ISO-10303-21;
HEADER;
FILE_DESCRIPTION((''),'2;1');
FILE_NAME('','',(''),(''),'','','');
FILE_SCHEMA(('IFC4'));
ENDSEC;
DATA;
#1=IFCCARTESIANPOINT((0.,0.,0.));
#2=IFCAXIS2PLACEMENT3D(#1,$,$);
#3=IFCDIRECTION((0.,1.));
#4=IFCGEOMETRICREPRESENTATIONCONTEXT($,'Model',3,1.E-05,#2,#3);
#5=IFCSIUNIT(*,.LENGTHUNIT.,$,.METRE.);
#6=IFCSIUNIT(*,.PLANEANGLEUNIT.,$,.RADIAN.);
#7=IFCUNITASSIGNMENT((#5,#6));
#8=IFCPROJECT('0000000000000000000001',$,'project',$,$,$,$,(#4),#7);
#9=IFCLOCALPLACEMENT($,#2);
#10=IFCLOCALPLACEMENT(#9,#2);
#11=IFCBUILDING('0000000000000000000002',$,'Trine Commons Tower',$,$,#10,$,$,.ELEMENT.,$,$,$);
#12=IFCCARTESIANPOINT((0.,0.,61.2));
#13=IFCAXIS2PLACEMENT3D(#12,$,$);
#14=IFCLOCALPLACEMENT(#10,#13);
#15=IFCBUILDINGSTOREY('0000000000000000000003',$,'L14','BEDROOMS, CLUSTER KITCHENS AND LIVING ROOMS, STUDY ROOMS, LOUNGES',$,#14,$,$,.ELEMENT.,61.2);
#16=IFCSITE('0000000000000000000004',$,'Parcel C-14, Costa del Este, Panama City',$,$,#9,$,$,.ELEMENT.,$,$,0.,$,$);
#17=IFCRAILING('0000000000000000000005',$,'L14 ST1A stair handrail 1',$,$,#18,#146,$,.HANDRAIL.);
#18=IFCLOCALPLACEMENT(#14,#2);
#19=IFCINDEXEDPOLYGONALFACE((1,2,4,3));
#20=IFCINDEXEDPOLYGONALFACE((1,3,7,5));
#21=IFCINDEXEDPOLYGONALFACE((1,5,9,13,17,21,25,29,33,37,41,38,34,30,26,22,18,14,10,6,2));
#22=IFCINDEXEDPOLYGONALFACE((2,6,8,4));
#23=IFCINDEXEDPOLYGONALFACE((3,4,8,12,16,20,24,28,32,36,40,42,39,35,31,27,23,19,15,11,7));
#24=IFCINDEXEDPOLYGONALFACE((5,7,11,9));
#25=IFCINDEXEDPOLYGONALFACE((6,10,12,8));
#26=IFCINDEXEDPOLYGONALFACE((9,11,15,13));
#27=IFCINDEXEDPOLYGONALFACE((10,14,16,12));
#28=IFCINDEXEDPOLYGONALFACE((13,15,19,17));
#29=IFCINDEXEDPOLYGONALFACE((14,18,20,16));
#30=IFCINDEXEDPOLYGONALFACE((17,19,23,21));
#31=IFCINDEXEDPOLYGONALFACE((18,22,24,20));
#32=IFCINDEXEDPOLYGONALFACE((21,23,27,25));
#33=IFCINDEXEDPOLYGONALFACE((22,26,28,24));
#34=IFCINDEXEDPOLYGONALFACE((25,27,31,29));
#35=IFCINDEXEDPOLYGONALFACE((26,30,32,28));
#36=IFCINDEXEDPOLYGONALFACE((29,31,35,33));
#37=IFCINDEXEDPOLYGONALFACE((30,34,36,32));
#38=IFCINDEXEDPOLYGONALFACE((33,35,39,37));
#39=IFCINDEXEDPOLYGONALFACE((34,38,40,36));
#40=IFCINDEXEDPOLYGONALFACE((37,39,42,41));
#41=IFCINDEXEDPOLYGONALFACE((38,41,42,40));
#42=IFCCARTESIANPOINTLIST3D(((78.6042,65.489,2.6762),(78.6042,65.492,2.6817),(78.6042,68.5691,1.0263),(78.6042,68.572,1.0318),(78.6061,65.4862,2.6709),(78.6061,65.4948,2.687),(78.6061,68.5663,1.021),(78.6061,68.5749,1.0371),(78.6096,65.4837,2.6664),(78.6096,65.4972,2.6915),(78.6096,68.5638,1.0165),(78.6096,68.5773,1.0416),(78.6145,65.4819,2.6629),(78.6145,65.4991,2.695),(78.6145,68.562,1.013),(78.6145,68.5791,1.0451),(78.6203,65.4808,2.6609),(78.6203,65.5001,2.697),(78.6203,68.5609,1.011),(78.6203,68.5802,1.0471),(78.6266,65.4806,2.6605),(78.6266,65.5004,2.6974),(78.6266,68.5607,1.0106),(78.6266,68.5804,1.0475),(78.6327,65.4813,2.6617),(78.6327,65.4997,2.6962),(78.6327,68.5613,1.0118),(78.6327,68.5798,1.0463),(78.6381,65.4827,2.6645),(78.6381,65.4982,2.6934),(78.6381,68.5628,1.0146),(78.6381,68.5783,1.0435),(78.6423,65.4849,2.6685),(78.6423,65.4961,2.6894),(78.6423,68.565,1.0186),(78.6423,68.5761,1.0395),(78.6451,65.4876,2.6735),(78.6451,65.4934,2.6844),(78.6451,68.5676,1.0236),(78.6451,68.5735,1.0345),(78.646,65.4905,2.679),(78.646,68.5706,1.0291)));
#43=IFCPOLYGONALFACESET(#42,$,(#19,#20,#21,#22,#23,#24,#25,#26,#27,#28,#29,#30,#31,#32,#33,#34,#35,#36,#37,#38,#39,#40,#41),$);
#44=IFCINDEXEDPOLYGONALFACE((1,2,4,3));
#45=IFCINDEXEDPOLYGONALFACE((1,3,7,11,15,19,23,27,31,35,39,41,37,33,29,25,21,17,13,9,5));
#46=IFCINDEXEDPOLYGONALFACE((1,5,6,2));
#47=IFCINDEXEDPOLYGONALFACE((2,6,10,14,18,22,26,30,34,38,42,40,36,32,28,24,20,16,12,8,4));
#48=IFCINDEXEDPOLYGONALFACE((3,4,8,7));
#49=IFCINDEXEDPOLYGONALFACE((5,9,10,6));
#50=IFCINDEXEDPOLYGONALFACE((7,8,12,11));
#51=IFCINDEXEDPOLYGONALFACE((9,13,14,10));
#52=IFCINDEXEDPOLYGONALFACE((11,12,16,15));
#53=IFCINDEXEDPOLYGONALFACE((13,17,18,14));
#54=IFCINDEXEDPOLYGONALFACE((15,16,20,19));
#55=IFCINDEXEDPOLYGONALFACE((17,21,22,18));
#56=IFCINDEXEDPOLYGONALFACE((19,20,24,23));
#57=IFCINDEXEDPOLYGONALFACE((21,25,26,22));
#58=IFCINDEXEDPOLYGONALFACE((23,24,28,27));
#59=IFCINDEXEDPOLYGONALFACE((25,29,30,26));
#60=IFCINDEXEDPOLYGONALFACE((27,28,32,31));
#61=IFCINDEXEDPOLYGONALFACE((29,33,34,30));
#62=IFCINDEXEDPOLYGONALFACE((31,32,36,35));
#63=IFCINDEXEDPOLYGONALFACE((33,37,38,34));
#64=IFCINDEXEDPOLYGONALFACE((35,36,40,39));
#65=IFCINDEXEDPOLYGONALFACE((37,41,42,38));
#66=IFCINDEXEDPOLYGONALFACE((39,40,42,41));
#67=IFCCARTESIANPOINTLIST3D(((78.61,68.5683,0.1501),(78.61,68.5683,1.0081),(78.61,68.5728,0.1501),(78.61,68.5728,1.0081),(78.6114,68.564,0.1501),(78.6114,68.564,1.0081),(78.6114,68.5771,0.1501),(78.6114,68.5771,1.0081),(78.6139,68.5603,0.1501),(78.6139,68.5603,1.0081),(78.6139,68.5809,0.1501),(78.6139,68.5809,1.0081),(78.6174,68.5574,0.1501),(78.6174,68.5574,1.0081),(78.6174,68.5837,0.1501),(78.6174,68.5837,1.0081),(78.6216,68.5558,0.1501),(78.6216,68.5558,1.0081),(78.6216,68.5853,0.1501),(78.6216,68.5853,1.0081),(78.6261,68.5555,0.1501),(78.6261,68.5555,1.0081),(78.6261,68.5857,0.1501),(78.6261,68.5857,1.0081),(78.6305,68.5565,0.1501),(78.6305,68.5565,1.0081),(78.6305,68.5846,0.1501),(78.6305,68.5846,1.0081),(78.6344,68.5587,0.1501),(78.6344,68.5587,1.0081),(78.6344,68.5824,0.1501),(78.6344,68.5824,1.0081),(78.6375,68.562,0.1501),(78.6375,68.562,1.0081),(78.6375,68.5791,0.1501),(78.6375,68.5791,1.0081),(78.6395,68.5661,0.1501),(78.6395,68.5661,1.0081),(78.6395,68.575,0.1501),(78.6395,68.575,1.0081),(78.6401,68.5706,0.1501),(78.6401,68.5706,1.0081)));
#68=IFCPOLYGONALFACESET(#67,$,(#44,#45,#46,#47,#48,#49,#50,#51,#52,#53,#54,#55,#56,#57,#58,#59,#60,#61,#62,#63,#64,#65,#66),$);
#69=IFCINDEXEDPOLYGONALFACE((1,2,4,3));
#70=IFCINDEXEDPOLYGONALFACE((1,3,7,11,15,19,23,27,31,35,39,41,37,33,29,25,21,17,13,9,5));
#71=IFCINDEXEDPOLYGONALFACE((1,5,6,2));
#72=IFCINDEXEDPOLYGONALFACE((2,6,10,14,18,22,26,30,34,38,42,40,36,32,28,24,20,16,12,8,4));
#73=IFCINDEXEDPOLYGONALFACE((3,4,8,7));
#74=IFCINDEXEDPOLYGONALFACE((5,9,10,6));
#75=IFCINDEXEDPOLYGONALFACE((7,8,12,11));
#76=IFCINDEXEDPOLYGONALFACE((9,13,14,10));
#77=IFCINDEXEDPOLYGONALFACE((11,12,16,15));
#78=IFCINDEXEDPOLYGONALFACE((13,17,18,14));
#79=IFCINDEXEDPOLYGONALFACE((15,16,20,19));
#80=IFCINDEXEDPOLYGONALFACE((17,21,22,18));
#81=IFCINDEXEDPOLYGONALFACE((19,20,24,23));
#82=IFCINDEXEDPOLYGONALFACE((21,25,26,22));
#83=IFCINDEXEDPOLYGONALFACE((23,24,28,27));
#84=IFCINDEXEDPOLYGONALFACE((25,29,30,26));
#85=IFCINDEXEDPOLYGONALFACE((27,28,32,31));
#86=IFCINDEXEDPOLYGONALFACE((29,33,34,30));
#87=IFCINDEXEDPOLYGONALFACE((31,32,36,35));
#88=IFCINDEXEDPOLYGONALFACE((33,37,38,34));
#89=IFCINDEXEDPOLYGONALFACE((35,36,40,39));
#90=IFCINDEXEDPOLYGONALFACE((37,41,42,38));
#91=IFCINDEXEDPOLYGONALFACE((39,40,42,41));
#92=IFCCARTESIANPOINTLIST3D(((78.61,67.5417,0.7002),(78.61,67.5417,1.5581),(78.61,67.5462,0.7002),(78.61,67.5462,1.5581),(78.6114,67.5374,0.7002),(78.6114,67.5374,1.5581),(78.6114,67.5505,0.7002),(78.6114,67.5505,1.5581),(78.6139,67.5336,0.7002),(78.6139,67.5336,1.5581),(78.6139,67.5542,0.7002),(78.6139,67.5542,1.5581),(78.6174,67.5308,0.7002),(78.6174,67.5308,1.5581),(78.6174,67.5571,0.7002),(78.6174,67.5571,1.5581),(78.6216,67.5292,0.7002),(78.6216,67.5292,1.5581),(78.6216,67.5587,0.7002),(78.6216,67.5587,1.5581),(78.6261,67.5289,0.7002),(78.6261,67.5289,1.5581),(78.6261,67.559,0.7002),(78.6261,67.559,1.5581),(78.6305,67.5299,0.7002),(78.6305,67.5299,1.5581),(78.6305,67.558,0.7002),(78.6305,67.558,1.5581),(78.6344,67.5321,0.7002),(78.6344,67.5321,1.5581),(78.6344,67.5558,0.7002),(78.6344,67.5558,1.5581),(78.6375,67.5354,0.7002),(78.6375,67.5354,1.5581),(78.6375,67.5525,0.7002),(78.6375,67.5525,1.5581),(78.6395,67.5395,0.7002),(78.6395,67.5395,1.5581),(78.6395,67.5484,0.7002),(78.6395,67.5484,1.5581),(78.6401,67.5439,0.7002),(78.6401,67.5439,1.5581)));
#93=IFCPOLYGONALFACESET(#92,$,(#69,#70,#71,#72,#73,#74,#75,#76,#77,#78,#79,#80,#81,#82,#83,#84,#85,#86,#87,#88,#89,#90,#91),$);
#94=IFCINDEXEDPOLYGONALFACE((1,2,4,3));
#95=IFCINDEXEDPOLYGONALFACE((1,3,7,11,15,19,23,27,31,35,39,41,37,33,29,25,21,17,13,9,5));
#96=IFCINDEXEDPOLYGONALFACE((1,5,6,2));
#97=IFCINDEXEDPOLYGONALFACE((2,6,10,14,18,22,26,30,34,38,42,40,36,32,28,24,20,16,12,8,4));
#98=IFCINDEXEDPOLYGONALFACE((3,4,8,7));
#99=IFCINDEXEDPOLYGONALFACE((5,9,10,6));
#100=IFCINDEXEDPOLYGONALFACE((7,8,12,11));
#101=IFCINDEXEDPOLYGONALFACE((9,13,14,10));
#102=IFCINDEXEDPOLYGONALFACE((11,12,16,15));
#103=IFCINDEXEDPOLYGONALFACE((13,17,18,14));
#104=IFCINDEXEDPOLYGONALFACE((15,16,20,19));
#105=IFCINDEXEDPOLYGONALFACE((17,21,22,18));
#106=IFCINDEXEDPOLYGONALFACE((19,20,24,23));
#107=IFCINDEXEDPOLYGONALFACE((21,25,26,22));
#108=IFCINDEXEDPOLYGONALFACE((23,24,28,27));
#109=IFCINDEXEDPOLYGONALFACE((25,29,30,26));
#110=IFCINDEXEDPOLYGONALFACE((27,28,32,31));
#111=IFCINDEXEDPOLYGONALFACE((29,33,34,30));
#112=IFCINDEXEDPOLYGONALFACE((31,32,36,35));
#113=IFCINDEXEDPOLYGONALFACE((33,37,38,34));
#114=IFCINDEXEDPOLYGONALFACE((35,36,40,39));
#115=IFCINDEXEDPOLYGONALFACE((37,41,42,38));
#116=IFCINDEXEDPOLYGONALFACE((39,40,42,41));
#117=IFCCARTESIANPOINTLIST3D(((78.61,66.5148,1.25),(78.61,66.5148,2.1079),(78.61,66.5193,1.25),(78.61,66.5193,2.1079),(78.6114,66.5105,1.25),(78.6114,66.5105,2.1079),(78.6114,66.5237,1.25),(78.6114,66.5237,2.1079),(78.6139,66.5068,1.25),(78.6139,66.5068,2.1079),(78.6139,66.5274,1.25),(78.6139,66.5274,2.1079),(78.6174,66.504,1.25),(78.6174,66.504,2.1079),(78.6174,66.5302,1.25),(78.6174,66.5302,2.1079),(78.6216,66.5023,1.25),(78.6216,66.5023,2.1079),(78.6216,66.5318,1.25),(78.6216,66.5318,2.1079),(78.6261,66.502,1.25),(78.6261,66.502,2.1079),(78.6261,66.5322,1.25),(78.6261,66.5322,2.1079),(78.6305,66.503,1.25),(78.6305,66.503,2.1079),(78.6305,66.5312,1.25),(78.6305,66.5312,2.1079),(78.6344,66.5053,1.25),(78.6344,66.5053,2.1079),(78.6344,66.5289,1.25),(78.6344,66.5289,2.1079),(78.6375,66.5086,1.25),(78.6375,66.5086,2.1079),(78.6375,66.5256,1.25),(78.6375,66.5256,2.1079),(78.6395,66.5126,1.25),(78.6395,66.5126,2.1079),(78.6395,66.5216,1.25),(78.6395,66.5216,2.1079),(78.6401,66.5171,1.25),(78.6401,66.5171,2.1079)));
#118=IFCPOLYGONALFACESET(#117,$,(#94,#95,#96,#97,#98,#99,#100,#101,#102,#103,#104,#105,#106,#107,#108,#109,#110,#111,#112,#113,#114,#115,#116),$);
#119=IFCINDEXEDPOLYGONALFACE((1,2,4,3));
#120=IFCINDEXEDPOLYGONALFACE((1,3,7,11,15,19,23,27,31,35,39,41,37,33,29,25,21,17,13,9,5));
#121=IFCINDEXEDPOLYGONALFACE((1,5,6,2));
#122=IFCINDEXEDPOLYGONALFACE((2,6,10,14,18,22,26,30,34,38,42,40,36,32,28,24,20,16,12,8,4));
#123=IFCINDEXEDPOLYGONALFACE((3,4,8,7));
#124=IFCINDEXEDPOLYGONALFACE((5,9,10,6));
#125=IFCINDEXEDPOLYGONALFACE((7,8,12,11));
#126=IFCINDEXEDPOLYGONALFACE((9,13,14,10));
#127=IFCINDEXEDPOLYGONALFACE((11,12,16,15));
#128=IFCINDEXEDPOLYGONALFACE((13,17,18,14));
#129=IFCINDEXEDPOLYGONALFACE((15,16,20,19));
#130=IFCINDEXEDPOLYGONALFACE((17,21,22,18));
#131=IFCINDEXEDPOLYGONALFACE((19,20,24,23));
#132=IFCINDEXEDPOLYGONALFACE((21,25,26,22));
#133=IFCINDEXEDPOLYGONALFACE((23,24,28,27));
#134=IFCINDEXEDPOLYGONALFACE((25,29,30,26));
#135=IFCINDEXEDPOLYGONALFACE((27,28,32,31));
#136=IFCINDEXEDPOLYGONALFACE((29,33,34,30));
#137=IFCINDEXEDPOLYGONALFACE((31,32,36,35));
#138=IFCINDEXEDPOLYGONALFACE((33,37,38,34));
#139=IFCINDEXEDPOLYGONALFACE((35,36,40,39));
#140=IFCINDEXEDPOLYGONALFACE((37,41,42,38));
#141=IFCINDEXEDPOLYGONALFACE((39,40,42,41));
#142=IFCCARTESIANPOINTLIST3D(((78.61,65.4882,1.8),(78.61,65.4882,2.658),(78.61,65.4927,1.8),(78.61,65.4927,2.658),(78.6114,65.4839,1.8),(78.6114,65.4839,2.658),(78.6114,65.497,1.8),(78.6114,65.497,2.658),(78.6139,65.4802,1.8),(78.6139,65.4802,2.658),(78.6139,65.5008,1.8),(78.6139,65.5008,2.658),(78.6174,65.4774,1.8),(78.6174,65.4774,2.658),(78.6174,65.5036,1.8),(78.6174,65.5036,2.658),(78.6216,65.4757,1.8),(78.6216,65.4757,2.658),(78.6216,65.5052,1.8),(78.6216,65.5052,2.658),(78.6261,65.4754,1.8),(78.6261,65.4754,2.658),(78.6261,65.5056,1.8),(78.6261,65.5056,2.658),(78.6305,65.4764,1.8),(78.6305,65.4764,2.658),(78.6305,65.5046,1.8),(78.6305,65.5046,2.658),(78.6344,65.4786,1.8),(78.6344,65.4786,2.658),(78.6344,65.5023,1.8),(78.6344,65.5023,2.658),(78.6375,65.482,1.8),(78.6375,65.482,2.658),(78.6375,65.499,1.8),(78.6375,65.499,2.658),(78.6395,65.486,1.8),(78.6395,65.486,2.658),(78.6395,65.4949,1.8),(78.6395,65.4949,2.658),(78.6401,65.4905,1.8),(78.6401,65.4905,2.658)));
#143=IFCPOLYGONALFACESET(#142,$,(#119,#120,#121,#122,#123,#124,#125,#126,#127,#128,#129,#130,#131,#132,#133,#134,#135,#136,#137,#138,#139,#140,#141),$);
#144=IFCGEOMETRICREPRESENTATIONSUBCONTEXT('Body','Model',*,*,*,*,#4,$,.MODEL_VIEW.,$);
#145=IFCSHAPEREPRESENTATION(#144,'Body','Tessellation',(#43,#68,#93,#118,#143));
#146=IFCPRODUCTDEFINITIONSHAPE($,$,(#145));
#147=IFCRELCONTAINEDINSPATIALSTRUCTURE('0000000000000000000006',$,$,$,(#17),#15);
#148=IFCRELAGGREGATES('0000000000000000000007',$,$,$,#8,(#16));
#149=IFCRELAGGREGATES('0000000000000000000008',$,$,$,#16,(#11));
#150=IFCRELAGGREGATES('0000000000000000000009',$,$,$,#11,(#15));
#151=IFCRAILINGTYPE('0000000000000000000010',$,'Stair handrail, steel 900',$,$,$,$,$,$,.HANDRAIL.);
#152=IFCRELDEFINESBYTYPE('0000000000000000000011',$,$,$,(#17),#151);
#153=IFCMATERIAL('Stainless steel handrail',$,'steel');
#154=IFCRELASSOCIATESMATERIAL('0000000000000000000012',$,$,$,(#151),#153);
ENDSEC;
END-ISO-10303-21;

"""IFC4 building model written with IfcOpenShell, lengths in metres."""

from ifc_helpers import new_model, si_unit, direction, frame, origin, origin_2d, place, context, subcontext, project, spatial, circle, extrude, material, type_object, element, save


model = new_model("IFC4")

# Units and contexts
model_context = context("Model", 3, precision=1e-05, world=origin(), true_north=direction((0.0, 1.0)))
body_context = subcontext(model_context, "Body", "Model", "MODEL_VIEW")
ifc_project = project(units=[si_unit("LENGTHUNIT", "METRE"), si_unit("PLANEANGLEUNIT", "RADIAN")], contexts=[model_context])

# Site, building, storey
site_placement = place(None, origin())
site = spatial("IfcSite", under=ifc_project, at=site_placement, Name="Parcel C-14, Costa del Este, Panama City", CompositionType="ELEMENT", RefElevation=0.0)
building_placement = place(site_placement, origin())
building = spatial("IfcBuilding", under=site, at=building_placement, Name="Trine Commons Tower", CompositionType="ELEMENT")
storey_placement = place(building_placement, frame((0.0, 0.0, 61.2)))
storey = spatial("IfcBuildingStorey", under=building, at=storey_placement, Name="L14", Description="BEDROOMS, CLUSTER KITCHENS AND LIVING ROOMS, STUDY ROOMS, LOUNGES", CompositionType="ELEMENT", Elevation=61.2)

# Railing
ifc_material_1 = material(Name="Stainless steel handrail", Category="steel")
railing_type = type_object("IfcRailingType", Name="Stair handrail, steel 900", PredefinedType="HANDRAIL", material=ifc_material_1)
railing_1_placement = place(storey_placement, frame((78.625, 68.5706, 0.1501)))
element("IfcRailing", 1, at=railing_1_placement, inside=storey, type_object=railing_type, Name="L14 ST1A stair handrail 1", PredefinedType="HANDRAIL", context=body_context, shape_type="SweptSolid", body=[
    extrude(circle(Radius=0.021, at=origin_2d()), frame((0.0, 0.0, 0.8789), z_axis=(0.0, -0.881497, 0.47219), x_axis=(1.0, 0.0, 0.0)), (0.0, 0.0, 1.0), 3.4941),
    extrude(circle(Radius=0.0151, at=origin_2d()), origin(), (0.0, 0.0, 1.0), 0.8579),
    extrude(circle(Radius=0.0151, at=origin_2d()), frame((0.0, -1.0266, 0.55)), (0.0, 0.0, 1.0), 0.8579),
    extrude(circle(Radius=0.0151, at=origin_2d()), frame((0.0, -2.0535, 1.0999)), (0.0, 0.0, 1.0), 0.8579),
    extrude(circle(Radius=0.0151, at=origin_2d()), frame((0.0, -3.0801, 1.6499)), (0.0, 0.0, 1.0), 0.8579),
])

save(model, "model.ifc")
